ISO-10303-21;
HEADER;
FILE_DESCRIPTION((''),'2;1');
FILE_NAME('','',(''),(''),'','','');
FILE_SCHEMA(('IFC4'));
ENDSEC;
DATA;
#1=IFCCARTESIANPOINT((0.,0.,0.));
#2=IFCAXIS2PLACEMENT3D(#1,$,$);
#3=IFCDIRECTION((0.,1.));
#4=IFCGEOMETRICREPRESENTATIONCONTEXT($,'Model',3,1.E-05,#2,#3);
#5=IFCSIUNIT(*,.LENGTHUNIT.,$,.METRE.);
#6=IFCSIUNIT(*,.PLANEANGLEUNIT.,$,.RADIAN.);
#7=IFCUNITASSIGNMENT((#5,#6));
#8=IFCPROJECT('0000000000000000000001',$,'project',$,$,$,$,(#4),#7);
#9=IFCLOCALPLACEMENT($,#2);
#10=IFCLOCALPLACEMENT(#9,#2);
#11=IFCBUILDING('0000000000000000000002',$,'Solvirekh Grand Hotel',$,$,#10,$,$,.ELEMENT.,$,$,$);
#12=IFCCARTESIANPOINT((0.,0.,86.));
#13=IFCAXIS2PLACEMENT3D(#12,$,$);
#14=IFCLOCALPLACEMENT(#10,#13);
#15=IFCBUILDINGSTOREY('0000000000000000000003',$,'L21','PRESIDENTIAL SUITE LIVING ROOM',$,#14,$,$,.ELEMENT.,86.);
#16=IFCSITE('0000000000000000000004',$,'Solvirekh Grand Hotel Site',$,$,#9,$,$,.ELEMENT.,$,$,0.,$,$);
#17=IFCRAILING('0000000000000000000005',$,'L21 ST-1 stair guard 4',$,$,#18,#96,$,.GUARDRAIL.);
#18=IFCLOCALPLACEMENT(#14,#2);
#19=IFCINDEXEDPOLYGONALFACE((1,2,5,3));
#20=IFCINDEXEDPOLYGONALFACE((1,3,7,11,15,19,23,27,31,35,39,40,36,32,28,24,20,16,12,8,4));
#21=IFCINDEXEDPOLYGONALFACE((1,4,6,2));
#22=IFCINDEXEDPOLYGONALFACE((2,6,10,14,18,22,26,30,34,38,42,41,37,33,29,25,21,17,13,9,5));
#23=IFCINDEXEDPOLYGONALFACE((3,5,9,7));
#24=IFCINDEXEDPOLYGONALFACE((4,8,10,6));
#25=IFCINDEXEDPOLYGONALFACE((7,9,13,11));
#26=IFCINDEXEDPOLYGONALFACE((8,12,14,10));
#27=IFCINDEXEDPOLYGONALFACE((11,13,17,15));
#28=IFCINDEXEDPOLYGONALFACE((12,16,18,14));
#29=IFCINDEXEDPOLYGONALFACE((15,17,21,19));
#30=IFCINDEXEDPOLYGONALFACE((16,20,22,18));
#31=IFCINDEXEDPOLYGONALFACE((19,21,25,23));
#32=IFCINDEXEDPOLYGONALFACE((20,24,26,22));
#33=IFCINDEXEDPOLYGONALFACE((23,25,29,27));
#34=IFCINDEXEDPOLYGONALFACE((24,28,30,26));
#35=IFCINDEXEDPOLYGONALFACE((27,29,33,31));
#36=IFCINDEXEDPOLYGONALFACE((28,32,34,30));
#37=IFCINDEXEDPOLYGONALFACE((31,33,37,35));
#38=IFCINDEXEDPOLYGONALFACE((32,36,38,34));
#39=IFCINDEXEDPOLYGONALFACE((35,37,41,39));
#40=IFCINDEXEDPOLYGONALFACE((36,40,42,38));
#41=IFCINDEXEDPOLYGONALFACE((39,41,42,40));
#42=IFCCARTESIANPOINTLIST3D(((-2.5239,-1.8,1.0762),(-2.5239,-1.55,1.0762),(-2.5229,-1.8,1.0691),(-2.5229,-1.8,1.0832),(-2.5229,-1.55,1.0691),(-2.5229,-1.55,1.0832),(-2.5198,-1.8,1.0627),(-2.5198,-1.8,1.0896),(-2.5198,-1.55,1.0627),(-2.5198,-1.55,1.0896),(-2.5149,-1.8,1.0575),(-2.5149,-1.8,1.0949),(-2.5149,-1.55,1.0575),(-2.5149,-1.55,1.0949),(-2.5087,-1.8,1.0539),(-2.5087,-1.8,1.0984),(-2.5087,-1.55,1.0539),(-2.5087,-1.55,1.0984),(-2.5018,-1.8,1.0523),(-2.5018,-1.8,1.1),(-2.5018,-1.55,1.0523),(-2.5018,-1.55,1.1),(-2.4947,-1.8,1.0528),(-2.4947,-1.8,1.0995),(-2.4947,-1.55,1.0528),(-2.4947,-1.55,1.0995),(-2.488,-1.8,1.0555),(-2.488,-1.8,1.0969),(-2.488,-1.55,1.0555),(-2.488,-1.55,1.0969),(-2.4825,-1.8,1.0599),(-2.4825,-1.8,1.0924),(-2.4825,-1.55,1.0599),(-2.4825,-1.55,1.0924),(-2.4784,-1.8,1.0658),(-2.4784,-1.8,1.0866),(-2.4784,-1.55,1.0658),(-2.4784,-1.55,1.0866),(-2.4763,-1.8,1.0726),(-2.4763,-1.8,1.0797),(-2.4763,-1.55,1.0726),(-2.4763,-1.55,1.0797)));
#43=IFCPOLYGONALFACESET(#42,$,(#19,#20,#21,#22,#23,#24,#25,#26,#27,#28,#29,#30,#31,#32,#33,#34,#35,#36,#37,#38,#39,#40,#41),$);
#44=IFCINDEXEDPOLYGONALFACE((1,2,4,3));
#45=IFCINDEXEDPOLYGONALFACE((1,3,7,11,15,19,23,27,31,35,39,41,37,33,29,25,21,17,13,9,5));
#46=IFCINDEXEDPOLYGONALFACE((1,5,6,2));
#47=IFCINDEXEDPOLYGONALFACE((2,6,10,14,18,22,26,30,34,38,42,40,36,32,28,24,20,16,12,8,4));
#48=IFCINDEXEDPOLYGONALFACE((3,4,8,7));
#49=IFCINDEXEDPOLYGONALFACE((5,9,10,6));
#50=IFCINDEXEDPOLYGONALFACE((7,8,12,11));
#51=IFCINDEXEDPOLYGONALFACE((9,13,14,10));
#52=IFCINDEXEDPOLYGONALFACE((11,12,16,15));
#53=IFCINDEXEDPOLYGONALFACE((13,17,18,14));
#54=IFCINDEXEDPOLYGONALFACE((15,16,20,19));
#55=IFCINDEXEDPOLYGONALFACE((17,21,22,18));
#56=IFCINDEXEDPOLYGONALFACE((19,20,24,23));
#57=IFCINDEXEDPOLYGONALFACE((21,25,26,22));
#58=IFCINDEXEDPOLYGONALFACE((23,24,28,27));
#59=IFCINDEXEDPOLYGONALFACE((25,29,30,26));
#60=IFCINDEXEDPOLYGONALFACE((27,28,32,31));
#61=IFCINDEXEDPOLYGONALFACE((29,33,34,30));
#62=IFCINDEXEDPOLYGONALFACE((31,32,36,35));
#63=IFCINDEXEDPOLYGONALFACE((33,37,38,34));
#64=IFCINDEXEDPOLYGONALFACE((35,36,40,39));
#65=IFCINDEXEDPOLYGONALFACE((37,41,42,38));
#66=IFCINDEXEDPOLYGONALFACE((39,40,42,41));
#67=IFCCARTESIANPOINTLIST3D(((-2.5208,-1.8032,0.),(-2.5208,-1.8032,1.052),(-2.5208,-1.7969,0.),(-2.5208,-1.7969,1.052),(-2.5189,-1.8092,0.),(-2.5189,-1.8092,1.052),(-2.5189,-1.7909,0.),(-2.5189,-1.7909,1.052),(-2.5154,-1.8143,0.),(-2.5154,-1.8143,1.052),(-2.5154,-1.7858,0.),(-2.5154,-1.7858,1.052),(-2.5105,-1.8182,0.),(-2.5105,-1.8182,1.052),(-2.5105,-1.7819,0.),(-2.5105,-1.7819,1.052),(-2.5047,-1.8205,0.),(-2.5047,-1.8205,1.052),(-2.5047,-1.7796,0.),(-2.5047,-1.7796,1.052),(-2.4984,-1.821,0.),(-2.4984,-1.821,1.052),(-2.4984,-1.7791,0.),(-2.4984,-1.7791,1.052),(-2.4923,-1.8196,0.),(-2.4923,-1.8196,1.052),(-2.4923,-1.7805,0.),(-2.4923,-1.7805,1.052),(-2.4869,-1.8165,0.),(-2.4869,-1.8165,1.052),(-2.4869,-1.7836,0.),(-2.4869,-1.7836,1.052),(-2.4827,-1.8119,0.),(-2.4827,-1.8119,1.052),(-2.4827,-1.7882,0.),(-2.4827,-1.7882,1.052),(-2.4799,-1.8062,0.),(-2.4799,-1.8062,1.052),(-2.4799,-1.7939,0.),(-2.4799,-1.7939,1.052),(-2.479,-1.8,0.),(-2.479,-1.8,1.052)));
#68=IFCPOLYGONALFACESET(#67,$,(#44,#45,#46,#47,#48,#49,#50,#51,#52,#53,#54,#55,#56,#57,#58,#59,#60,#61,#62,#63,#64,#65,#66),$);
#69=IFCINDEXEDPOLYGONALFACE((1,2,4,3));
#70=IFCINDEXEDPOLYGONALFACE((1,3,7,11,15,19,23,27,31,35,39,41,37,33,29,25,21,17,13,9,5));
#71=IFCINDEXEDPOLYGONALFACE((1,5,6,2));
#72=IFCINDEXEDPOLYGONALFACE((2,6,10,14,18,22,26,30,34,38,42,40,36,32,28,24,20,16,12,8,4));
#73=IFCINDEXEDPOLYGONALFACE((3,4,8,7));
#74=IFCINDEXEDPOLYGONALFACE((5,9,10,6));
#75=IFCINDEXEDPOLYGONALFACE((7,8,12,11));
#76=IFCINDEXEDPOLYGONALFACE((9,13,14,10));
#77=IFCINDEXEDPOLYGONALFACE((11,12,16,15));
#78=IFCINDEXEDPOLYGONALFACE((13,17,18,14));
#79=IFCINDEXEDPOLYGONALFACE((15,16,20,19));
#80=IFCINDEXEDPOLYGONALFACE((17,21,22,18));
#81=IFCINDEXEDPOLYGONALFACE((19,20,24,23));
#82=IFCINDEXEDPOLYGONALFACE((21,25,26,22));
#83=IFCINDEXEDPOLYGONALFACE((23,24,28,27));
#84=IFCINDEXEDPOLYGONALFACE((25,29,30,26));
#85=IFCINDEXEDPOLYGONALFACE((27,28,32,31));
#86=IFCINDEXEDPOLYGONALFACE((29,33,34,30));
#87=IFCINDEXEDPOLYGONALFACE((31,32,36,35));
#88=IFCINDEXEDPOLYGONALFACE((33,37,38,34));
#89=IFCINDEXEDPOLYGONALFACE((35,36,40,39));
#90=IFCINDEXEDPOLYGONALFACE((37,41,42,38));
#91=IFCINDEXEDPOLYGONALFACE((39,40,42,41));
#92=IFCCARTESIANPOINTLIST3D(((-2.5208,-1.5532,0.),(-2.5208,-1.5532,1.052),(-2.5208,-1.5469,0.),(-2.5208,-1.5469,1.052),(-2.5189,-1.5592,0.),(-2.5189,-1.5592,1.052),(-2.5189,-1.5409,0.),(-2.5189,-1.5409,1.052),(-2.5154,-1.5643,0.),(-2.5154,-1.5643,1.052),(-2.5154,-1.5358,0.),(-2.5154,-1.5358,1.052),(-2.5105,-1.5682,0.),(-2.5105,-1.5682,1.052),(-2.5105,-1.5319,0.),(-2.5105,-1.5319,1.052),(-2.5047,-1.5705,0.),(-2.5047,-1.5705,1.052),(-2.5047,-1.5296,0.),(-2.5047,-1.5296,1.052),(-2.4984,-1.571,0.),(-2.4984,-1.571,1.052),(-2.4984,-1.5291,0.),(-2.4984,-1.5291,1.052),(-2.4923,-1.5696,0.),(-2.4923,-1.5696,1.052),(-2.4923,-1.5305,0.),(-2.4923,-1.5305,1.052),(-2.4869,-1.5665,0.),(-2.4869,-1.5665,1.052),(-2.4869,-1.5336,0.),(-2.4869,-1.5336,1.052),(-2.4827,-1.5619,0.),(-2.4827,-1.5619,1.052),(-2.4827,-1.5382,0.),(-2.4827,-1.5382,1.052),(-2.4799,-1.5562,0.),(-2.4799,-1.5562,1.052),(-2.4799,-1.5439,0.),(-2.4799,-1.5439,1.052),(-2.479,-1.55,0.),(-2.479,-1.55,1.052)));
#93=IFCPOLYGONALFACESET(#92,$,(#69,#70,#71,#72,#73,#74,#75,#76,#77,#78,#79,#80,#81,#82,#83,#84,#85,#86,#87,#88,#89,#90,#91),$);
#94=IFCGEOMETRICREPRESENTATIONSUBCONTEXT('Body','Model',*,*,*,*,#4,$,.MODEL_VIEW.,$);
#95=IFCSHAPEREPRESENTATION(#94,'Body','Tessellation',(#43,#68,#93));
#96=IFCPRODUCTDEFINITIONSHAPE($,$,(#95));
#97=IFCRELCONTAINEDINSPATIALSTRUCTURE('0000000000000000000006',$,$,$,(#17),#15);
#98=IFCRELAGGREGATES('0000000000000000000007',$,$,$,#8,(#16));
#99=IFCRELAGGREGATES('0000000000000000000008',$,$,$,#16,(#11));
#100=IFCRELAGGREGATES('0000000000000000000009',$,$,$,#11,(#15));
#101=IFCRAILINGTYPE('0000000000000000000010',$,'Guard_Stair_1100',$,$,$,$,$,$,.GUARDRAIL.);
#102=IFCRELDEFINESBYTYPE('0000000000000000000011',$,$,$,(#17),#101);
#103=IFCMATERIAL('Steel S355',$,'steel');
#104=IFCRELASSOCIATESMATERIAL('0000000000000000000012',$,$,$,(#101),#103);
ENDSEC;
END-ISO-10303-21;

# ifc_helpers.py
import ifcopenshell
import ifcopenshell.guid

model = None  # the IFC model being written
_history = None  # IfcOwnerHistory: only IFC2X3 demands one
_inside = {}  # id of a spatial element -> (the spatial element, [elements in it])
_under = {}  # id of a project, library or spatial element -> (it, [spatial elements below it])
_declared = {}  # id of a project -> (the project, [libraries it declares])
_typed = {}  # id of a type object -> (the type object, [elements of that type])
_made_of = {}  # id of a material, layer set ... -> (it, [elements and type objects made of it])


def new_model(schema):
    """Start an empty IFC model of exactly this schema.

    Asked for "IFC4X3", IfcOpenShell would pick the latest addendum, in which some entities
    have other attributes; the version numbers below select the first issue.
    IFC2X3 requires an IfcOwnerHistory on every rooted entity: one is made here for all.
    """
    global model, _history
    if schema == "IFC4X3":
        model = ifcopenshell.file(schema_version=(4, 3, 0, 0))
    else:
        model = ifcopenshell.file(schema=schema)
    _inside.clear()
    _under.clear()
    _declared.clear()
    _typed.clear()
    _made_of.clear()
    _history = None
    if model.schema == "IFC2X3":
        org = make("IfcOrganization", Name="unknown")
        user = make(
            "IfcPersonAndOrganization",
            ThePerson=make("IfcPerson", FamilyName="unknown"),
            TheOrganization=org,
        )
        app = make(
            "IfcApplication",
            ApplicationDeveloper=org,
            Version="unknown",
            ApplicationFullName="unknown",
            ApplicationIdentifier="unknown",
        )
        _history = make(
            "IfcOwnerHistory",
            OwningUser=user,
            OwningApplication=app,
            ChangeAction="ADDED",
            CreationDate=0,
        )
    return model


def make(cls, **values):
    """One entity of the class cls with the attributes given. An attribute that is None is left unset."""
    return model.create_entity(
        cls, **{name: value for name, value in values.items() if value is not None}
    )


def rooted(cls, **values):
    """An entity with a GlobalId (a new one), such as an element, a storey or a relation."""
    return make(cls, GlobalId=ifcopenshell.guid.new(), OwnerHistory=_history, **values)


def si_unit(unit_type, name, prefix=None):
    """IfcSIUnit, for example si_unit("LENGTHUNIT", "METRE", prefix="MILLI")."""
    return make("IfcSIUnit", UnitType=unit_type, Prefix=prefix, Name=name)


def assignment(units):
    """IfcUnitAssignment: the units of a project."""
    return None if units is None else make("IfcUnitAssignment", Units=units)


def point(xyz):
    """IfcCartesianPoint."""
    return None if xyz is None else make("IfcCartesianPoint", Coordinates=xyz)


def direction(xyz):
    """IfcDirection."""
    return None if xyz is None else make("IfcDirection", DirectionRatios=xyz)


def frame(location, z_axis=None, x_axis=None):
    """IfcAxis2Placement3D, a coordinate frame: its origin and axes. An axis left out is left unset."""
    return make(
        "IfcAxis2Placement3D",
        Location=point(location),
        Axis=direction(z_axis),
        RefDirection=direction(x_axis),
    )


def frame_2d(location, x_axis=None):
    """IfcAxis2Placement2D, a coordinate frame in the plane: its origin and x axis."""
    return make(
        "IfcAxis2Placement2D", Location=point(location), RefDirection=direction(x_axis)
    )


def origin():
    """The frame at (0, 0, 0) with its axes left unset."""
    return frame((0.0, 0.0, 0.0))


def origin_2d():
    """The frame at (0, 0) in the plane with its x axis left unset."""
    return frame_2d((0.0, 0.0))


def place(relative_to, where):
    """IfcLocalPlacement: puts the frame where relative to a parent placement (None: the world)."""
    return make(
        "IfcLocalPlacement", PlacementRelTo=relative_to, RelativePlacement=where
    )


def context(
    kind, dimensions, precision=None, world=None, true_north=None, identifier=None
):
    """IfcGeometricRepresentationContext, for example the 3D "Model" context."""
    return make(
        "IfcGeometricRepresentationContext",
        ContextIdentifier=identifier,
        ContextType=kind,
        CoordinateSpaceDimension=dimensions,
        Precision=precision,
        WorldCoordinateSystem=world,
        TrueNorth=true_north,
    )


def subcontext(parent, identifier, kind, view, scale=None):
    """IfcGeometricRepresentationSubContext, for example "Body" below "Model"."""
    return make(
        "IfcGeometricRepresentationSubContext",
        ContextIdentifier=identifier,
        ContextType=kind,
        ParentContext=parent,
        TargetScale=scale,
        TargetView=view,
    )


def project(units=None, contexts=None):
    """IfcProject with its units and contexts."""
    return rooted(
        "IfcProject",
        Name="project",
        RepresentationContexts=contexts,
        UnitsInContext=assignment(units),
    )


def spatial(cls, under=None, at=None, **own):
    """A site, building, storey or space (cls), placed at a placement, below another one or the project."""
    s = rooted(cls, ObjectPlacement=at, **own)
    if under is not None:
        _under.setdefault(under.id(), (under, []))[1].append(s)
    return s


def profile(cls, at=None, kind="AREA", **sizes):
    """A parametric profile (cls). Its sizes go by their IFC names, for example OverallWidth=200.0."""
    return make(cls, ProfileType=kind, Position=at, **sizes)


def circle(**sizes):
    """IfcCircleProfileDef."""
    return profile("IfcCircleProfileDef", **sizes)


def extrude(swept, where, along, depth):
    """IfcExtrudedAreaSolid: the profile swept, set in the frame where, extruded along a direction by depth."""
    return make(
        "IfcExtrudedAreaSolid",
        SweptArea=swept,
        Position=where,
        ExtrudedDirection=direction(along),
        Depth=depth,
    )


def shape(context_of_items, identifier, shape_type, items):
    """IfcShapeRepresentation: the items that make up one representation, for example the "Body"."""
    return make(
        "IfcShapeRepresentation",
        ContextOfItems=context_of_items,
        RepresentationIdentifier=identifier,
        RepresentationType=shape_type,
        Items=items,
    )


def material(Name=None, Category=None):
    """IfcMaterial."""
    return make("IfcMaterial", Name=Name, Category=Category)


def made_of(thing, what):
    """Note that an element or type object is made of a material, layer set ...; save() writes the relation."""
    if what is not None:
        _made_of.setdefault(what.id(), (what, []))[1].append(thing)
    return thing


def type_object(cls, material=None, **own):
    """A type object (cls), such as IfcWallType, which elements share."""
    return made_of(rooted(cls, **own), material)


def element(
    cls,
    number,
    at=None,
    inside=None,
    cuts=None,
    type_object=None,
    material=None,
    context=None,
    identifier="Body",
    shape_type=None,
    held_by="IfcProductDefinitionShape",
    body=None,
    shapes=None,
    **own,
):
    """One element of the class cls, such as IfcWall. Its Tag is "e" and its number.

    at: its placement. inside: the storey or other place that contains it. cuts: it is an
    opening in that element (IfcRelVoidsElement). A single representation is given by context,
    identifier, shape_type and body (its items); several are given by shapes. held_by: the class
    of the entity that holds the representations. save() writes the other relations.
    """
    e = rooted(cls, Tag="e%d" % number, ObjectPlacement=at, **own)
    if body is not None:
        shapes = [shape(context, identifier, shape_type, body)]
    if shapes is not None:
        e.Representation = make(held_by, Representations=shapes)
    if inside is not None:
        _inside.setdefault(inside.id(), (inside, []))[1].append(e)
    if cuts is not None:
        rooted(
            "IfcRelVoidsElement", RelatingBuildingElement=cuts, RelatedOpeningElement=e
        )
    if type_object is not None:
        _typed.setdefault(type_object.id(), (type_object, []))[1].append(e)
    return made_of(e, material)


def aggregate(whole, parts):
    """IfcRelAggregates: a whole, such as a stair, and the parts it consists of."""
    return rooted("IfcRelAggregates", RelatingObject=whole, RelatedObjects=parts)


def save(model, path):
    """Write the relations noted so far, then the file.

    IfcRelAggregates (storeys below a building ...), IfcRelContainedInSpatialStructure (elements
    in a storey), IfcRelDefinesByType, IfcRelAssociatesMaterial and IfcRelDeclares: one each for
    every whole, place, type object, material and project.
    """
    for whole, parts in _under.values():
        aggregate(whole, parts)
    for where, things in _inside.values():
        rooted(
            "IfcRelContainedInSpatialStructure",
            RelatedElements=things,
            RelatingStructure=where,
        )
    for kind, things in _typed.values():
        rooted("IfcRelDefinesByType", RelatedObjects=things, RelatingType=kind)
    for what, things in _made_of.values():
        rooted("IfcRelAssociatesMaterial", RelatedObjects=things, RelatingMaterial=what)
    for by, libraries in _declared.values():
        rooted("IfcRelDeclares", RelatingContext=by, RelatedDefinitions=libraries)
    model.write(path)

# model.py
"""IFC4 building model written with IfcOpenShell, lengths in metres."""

from ifc_helpers import new_model, si_unit, direction, frame, origin, origin_2d, place, context, subcontext, project, spatial, circle, extrude, material, type_object, element, save


model = new_model("IFC4")

# Units and contexts
model_context = context("Model", 3, precision=1e-05, world=origin(), true_north=direction((0.0, 1.0)))
body_context = subcontext(model_context, "Body", "Model", "MODEL_VIEW")
ifc_project = project(units=[si_unit("LENGTHUNIT", "METRE"), si_unit("PLANEANGLEUNIT", "RADIAN")], contexts=[model_context])

# Site, building, storey
site_placement = place(None, origin())
site = spatial("IfcSite", under=ifc_project, at=site_placement, Name="Solvirekh Grand Hotel Site", CompositionType="ELEMENT", RefElevation=0.0)
building_placement = place(site_placement, origin())
building = spatial("IfcBuilding", under=site, at=building_placement, Name="Solvirekh Grand Hotel", CompositionType="ELEMENT")
storey_placement = place(building_placement, frame((0.0, 0.0, 86.0)))
storey = spatial("IfcBuildingStorey", under=building, at=storey_placement, Name="L21", Description="PRESIDENTIAL SUITE LIVING ROOM", CompositionType="ELEMENT", Elevation=86.0)

# Shared definitions
ifc_material_1 = material(Name="Steel S355", Category="steel")

# Railing
railing_type_1 = type_object("IfcRailingType", Name="Guard_Stair_1100", PredefinedType="GUARDRAIL", material=ifc_material_1)
railing_1_placement = place(storey_placement, frame((-2.5, -1.8, 0.0)))
element("IfcRailing", 1, at=railing_1_placement, inside=storey, type_object=railing_type_1, Name="L21 ST-1 stair guard 4", PredefinedType="GUARDRAIL", context=body_context, shape_type="SweptSolid", body=[
    extrude(circle(Radius=0.0239, at=origin_2d()), frame((0.0, 0.0, 1.0762), z_axis=(0.0, 1.0, 0.0), x_axis=(-1.0, 0.0, 0.0)), (0.0, 0.0, 1.0), 0.25),
    extrude(circle(Radius=0.021, at=origin_2d()), origin(), (0.0, 0.0, 1.0), 1.052),
    extrude(circle(Radius=0.021, at=origin_2d()), frame((0.0, 0.25, 0.0)), (0.0, 0.0, 1.0), 1.052),
])

save(model, "model.ifc")
